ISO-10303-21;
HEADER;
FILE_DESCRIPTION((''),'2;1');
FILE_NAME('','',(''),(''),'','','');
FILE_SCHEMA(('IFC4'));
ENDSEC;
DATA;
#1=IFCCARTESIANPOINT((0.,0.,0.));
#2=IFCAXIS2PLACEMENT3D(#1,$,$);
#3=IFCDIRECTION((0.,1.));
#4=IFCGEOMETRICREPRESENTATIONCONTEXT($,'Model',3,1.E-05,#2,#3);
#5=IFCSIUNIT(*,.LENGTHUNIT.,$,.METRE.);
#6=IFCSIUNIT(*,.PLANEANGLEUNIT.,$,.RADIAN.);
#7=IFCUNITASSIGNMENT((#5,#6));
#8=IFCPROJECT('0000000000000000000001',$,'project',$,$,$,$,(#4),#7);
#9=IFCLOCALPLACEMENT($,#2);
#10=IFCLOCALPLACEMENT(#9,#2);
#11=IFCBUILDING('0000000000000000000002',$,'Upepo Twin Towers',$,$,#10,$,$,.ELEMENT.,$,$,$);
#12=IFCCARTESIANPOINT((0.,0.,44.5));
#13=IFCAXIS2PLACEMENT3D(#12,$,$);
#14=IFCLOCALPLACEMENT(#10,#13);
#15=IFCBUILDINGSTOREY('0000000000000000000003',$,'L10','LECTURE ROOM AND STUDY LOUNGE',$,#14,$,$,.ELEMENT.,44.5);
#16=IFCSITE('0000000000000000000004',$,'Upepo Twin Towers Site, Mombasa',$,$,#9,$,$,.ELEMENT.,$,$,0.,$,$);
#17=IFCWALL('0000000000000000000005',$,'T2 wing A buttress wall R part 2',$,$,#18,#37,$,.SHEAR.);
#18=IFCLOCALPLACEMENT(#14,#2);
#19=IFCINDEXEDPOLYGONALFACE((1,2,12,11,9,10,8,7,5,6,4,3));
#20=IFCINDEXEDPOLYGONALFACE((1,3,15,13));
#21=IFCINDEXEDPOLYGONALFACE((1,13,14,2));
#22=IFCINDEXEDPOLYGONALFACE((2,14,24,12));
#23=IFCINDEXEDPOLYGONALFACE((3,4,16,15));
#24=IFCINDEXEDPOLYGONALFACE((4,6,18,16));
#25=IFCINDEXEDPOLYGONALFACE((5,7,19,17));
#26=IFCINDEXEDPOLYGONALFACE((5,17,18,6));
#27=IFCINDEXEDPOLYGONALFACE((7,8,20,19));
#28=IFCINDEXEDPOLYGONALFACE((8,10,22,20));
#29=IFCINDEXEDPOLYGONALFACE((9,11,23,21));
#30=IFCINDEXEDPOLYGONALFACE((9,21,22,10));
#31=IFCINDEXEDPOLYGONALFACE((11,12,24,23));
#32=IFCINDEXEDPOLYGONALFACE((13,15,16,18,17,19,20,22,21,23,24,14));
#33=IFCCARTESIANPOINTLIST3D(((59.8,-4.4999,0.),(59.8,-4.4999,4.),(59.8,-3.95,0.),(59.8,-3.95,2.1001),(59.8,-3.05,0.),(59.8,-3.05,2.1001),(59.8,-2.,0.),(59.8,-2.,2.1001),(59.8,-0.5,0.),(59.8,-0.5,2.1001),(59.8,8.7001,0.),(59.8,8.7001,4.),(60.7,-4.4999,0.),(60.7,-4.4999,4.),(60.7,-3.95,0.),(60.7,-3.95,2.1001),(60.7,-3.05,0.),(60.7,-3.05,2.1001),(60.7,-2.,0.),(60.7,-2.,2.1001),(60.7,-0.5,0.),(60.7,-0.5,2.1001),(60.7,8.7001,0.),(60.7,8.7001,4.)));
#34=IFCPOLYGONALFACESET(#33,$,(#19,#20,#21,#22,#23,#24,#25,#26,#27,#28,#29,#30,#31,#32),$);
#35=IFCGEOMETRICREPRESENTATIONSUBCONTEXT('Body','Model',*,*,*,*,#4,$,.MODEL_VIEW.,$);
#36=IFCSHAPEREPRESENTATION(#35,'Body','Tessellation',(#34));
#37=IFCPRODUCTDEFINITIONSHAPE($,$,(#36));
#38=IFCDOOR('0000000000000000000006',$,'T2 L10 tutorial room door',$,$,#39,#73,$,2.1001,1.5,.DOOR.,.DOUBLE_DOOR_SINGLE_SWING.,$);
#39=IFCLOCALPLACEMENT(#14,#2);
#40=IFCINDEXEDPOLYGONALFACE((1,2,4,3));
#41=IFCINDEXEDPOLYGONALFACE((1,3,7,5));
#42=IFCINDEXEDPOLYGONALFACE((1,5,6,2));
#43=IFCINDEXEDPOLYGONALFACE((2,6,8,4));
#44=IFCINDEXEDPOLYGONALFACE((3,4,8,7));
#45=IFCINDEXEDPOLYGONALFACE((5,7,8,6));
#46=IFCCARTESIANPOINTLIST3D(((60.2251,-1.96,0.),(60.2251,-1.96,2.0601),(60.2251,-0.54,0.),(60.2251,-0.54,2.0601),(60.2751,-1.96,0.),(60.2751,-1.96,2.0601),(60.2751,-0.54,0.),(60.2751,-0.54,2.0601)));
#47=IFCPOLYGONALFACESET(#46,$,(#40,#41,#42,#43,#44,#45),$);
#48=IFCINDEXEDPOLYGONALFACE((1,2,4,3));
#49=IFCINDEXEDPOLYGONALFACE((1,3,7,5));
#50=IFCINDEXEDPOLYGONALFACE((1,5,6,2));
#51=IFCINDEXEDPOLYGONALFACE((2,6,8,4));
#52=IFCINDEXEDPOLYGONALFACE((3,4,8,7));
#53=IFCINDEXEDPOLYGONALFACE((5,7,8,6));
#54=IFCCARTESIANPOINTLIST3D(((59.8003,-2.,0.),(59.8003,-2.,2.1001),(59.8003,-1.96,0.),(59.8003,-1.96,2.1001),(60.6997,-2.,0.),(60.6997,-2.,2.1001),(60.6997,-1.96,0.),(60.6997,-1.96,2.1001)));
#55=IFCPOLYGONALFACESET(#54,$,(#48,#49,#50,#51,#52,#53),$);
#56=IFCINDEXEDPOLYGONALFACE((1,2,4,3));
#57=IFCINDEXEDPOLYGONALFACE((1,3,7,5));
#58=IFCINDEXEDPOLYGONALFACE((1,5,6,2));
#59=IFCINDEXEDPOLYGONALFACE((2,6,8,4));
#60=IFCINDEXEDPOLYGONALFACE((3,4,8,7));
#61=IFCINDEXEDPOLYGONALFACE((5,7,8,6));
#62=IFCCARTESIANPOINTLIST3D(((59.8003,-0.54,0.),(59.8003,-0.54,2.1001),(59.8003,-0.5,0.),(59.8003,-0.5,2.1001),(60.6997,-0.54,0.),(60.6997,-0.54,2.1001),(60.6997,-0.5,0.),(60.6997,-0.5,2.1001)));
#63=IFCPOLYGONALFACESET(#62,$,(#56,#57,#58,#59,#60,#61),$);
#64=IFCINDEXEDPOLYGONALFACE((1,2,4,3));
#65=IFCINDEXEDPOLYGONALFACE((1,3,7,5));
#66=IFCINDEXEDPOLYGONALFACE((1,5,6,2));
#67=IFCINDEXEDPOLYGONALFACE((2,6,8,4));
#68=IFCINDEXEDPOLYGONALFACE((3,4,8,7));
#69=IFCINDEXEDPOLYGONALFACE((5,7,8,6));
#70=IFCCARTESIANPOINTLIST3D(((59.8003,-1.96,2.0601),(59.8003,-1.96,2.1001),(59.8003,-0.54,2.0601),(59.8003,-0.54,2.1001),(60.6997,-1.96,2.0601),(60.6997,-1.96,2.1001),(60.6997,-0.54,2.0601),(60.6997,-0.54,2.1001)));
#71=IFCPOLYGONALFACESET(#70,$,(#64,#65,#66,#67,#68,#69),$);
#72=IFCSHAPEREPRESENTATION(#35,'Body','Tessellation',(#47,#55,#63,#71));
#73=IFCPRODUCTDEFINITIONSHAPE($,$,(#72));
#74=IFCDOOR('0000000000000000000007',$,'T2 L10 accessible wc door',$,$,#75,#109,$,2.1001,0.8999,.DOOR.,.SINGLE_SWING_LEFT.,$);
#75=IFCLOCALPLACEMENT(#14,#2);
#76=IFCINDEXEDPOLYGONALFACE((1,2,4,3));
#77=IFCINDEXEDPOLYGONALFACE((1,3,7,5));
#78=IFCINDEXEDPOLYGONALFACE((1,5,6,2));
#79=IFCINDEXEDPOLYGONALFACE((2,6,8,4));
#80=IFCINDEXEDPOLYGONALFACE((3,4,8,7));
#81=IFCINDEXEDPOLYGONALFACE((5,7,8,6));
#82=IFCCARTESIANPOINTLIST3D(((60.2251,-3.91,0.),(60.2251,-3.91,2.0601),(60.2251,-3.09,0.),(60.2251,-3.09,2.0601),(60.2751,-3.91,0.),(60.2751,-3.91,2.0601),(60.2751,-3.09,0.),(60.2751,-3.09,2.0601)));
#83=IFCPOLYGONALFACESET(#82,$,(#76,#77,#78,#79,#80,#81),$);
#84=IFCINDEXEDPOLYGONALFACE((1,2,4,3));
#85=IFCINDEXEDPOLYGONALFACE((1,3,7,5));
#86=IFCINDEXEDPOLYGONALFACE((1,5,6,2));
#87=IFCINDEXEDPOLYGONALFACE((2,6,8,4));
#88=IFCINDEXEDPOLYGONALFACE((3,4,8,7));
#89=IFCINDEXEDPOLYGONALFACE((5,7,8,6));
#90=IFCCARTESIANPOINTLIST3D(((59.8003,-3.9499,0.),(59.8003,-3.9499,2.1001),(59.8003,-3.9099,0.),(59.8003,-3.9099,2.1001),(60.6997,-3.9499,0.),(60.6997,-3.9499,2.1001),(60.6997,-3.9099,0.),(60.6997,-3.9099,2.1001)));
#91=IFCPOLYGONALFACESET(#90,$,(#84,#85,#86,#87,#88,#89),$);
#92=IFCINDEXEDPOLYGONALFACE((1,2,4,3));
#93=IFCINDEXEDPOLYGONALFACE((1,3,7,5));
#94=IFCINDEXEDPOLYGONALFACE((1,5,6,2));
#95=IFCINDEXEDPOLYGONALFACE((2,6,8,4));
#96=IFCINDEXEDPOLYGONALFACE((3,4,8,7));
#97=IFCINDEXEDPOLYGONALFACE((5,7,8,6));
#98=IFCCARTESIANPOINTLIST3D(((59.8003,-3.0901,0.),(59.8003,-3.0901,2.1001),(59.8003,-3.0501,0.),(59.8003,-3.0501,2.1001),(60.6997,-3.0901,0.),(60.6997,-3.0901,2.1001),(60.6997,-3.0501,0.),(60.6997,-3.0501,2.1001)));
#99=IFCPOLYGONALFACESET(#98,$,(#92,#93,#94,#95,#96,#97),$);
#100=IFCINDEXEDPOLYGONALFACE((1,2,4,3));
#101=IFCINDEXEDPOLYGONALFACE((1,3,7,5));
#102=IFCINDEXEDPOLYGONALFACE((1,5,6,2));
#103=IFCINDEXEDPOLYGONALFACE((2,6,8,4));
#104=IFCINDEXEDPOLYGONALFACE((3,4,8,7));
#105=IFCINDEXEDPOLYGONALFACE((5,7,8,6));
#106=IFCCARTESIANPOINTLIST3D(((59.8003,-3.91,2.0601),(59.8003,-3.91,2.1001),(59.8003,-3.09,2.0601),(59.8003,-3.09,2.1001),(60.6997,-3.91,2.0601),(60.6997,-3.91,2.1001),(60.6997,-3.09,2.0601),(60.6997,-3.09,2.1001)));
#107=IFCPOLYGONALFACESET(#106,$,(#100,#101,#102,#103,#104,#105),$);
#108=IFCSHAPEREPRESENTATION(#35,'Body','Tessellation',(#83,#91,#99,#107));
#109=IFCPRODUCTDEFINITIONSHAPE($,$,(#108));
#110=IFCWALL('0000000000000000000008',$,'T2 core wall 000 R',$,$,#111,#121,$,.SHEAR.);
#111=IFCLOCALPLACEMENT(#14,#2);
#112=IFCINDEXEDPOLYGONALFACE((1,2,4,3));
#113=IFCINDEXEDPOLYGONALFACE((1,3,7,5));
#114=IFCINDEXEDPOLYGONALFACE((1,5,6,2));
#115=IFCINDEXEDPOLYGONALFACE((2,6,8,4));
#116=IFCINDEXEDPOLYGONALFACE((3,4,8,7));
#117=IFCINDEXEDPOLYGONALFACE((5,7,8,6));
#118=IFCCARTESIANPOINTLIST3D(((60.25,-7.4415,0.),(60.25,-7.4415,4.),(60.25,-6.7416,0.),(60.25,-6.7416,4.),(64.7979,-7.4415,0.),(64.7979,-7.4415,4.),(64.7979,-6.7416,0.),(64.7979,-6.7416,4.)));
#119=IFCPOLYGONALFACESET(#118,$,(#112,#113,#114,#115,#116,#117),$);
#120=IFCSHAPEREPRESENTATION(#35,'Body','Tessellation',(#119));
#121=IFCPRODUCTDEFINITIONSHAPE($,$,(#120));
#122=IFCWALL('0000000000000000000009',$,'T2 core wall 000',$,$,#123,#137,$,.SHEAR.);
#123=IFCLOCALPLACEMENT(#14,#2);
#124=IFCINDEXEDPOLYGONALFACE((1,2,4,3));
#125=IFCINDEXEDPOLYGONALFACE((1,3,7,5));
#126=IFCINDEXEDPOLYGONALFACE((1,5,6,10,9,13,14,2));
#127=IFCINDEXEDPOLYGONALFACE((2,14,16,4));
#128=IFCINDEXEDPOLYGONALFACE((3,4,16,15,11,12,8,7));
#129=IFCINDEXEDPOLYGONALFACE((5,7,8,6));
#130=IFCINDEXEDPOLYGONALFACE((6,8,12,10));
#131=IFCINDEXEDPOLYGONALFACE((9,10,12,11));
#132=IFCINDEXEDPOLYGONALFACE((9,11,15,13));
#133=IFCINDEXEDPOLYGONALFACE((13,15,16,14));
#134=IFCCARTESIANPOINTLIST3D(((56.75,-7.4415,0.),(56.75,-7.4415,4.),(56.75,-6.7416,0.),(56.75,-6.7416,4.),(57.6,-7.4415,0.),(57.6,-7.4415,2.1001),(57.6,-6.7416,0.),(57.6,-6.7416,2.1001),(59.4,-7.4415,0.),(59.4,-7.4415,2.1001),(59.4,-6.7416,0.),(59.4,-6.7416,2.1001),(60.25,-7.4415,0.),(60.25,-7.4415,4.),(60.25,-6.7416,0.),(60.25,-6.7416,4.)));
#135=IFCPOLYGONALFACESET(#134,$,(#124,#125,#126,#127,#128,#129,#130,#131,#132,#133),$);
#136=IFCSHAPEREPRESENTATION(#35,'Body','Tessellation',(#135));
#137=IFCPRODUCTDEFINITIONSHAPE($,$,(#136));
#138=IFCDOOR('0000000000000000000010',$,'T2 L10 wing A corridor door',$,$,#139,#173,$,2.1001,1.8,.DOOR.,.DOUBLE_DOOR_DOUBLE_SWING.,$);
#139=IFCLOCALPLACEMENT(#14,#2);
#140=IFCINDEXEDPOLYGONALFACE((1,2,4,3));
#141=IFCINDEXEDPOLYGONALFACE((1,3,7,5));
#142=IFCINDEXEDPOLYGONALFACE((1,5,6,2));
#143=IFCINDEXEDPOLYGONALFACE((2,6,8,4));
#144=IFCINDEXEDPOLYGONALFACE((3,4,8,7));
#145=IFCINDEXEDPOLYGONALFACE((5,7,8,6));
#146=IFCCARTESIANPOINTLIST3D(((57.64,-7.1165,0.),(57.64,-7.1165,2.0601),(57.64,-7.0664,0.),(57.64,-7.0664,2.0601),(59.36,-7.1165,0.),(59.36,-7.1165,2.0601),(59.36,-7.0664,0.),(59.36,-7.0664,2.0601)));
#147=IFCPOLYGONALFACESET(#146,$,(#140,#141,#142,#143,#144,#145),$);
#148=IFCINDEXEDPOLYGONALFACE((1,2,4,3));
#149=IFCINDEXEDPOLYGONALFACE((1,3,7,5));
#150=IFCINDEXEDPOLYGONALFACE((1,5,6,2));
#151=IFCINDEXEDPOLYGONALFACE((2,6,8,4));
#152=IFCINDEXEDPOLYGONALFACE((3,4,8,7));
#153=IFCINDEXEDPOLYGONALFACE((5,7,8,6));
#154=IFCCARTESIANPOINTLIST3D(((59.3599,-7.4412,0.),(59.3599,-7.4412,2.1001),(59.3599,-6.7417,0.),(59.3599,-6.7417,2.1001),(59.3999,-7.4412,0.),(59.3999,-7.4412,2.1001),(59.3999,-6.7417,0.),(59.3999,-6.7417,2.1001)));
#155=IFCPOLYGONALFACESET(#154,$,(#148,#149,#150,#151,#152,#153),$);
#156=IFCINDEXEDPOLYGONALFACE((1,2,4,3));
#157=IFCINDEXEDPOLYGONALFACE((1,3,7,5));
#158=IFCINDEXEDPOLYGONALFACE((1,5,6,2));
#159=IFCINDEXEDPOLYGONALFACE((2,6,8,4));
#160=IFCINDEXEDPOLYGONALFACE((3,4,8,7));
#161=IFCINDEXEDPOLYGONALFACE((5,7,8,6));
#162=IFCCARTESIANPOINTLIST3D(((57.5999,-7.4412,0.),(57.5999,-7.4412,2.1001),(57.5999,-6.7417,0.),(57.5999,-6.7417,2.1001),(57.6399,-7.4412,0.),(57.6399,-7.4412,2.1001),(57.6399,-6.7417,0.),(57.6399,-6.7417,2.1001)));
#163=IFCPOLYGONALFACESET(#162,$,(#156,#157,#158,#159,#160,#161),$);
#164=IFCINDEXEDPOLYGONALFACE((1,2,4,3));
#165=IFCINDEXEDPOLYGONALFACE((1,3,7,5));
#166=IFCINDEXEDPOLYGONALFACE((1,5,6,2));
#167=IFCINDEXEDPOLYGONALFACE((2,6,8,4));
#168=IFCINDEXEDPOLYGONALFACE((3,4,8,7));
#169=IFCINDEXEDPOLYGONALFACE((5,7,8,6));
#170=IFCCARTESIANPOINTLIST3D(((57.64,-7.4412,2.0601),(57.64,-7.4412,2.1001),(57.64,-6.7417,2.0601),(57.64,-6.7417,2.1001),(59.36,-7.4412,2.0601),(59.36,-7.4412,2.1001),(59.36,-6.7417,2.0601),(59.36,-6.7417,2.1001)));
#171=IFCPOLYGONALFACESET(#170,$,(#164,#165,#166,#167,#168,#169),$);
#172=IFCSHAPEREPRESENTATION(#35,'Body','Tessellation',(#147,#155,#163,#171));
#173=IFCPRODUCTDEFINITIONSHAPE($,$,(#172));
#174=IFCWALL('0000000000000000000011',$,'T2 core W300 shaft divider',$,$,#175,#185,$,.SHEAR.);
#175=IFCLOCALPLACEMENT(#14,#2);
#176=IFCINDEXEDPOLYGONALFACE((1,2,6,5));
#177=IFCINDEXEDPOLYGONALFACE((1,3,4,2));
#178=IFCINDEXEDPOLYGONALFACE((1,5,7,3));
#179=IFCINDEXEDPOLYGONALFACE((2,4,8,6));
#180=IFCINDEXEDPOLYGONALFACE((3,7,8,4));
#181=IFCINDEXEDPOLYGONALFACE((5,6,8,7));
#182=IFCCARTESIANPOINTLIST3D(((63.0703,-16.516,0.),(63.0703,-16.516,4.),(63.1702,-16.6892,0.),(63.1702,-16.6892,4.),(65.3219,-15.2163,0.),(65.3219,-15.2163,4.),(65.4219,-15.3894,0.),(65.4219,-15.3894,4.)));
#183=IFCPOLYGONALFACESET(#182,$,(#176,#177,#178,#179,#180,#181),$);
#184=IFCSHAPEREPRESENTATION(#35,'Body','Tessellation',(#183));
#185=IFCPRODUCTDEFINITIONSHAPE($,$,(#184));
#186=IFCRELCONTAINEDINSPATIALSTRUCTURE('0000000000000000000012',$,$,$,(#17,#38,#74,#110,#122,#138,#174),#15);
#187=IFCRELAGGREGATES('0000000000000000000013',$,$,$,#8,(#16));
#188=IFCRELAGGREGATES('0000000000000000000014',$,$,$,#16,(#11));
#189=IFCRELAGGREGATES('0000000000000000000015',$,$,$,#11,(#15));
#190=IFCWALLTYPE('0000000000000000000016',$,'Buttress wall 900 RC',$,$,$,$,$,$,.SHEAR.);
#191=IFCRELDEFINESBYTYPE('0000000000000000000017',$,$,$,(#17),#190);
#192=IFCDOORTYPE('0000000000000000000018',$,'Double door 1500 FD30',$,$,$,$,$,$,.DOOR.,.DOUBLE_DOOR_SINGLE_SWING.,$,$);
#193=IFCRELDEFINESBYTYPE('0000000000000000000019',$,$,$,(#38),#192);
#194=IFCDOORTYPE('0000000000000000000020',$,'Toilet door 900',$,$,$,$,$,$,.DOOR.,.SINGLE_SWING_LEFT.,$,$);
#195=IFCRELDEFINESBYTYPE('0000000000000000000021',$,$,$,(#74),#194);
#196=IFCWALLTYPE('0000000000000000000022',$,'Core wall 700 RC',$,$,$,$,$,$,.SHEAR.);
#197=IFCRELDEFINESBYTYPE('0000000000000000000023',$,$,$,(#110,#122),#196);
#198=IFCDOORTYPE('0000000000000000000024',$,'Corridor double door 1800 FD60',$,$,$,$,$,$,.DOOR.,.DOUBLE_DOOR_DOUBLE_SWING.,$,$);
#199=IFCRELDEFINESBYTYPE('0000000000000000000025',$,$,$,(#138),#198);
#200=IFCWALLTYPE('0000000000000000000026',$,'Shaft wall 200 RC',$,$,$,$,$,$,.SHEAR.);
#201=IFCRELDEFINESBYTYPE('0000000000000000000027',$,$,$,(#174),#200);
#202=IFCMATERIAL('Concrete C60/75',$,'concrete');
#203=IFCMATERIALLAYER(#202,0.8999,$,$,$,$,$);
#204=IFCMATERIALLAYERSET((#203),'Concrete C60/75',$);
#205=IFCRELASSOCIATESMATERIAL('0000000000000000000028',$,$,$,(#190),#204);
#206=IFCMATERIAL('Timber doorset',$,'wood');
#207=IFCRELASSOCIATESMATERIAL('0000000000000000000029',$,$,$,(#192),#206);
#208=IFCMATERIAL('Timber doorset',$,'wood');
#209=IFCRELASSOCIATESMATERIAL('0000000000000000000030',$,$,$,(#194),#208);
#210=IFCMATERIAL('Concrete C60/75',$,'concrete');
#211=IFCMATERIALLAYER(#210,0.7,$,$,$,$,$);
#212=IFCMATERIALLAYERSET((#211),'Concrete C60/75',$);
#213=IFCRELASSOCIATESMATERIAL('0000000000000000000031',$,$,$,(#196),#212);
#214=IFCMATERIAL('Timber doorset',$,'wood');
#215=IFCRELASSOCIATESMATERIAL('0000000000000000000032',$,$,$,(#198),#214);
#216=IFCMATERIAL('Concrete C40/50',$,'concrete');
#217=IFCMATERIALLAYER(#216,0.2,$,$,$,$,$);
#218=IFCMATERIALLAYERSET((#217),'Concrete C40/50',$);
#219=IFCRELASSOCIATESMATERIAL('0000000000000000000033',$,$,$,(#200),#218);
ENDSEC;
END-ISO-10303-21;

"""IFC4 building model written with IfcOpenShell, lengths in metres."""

from ifc_helpers import new_model, si_unit, direction, frame, frame_2d, origin, place, context, subcontext, project, spatial, rectangle, extrude, material, layer, layer_set, type_object, element, fill, save


model = new_model("IFC4")

# Units and contexts
model_context = context("Model", 3, precision=1e-05, world=origin(), true_north=direction((0.0, 1.0)))
body_context = subcontext(model_context, "Body", "Model", "MODEL_VIEW")
ifc_project = project(units=[si_unit("LENGTHUNIT", "METRE"), si_unit("PLANEANGLEUNIT", "RADIAN")], contexts=[model_context])

# Site, building, storey
site_placement = place(None, origin())
site = spatial("IfcSite", under=ifc_project, at=site_placement, Name="Upepo Twin Towers Site, Mombasa", CompositionType="ELEMENT", RefElevation=0.0)
building_placement = place(site_placement, origin())
building = spatial("IfcBuilding", under=site, at=building_placement, Name="Upepo Twin Towers", CompositionType="ELEMENT")
storey_placement = place(building_placement, frame((0.0, 0.0, 44.5)))
storey = spatial("IfcBuildingStorey", under=building, at=storey_placement, Name="L10", Description="LECTURE ROOM AND STUDY LOUNGE", CompositionType="ELEMENT", Elevation=44.5)

# Wall, openings, doors
ifc_material_1 = material(Name="Concrete C60/75", Category="concrete")
ifc_layer_1 = layer(ifc_material_1, 0.8999)
ifc_layer_set_1 = layer_set([ifc_layer_1], Name="Concrete C60/75")
wall_type_1 = type_object("IfcWallType", Name="Buttress wall 900 RC", PredefinedType="SHEAR", material=ifc_layer_set_1)
wall_1_placement = place(storey_placement, frame((60.25, -4.5, 0.0), z_axis=(0.0, 0.0, 1.0), x_axis=(0.0, 1.0, 0.0)))
wall_1 = element("IfcWall", 1, at=wall_1_placement, inside=storey, type_object=wall_type_1, Name="T2 wing A buttress wall R part 2", PredefinedType="SHEAR", context=body_context, shape_type="SweptSolid", body=[
    extrude(rectangle(XDim=13.2, YDim=0.8999, at=frame_2d((6.6001, 0.0))), origin(), (0.0, 0.0, 1.0), 4.0),
])
opening_1_placement = place(wall_1_placement, frame((0.55, 0.0, 0.0)))
opening_1 = element("IfcOpeningElement", 2, at=opening_1_placement, cuts=wall_1, PredefinedType="OPENING", context=body_context, shape_type="SweptSolid", body=[
    extrude(rectangle(XDim=0.8999, YDim=2.1001, at=frame_2d((0.45, 1.05))), frame((0.0, 0.46, 0.0), z_axis=(0.0, -1.0, 0.0), x_axis=(1.0, 0.0, 0.0)), (0.0, 0.0, 1.0), 0.9199),
])
opening_2_placement = place(wall_1_placement, frame((2.5, 0.0, 0.0)))
opening_2 = element("IfcOpeningElement", 3, at=opening_2_placement, cuts=wall_1, PredefinedType="OPENING", context=body_context, shape_type="SweptSolid", body=[
    extrude(rectangle(XDim=1.5, YDim=2.1001, at=frame_2d((0.75, 1.05))), frame((0.0, 0.46, 0.0), z_axis=(0.0, -1.0, 0.0), x_axis=(1.0, 0.0, 0.0)), (0.0, 0.0, 1.0), 0.9199),
])
ifc_material_2 = material(Name="Timber doorset", Category="wood")
door_type_1 = type_object("IfcDoorType", Name="Double door 1500 FD30", OperationType="DOUBLE_DOOR_SINGLE_SWING", PredefinedType="DOOR", material=ifc_material_2)
door_1_placement = place(opening_2_placement, origin())
door_1 = element("IfcDoor", 4, at=door_1_placement, inside=storey, type_object=door_type_1, Name="T2 L10 tutorial room door", OperationType="DOUBLE_DOOR_SINGLE_SWING", OverallHeight=2.1001, OverallWidth=1.5, PredefinedType="DOOR", context=body_context, shape_type="SweptSolid", body=[
    extrude(rectangle(XDim=1.42, YDim=2.0601, at=frame_2d((0.75, 1.03))), frame((0.0, 0.0249, 0.0), z_axis=(0.0, -1.0, 0.0), x_axis=(1.0, 0.0, 0.0)), (0.0, 0.0, 1.0), 0.05),
    extrude(rectangle(XDim=0.04, YDim=2.1001, at=frame_2d((0.02, 1.05))), frame((0.0, 0.4497, 0.0), z_axis=(0.0, -1.0, 0.0), x_axis=(1.0, 0.0, 0.0)), (0.0, 0.0, 1.0), 0.8994),
    extrude(rectangle(XDim=0.04, YDim=2.1001, at=frame_2d((1.48, 1.05))), frame((0.0, 0.4497, 0.0), z_axis=(0.0, -1.0, 0.0), x_axis=(1.0, 0.0, 0.0)), (0.0, 0.0, 1.0), 0.8994),
    extrude(rectangle(XDim=1.42, YDim=0.04, at=frame_2d((0.75, 2.0801))), frame((0.0, 0.4497, 0.0), z_axis=(0.0, -1.0, 0.0), x_axis=(1.0, 0.0, 0.0)), (0.0, 0.0, 1.0), 0.8994),
])
fill(opening_2, door_1)
ifc_material_3 = material(Name="Timber doorset", Category="wood")
door_type_2 = type_object("IfcDoorType", Name="Toilet door 900", OperationType="SINGLE_SWING_LEFT", PredefinedType="DOOR", material=ifc_material_3)
door_2_placement = place(opening_1_placement, origin())
door_2 = element("IfcDoor", 5, at=door_2_placement, inside=storey, type_object=door_type_2, Name="T2 L10 accessible wc door", OperationType="SINGLE_SWING_LEFT", OverallHeight=2.1001, OverallWidth=0.8999, PredefinedType="DOOR", context=body_context, shape_type="SweptSolid", body=[
    extrude(rectangle(XDim=0.8199, YDim=2.0601, at=frame_2d((0.45, 1.03))), frame((0.0, 0.0249, 0.0), z_axis=(0.0, -1.0, 0.0), x_axis=(1.0, 0.0, 0.0)), (0.0, 0.0, 1.0), 0.05),
    extrude(rectangle(XDim=0.04, YDim=2.1001, at=frame_2d((0.02, 1.05))), frame((0.0, 0.4497, 0.0), z_axis=(0.0, -1.0, 0.0), x_axis=(1.0, 0.0, 0.0)), (0.0, 0.0, 1.0), 0.8994),
    extrude(rectangle(XDim=0.04, YDim=2.1001, at=frame_2d((0.8799, 1.05))), frame((0.0, 0.4497, 0.0), z_axis=(0.0, -1.0, 0.0), x_axis=(1.0, 0.0, 0.0)), (0.0, 0.0, 1.0), 0.8994),
    extrude(rectangle(XDim=0.8199, YDim=0.04, at=frame_2d((0.45, 2.0801))), frame((0.0, 0.4497, 0.0), z_axis=(0.0, -1.0, 0.0), x_axis=(1.0, 0.0, 0.0)), (0.0, 0.0, 1.0), 0.8994),
])
fill(opening_1, door_2)

# Wall
ifc_material_4 = material(Name="Concrete C60/75", Category="concrete")
ifc_layer_2 = layer(ifc_material_4, 0.7)
ifc_layer_set_2 = layer_set([ifc_layer_2], Name="Concrete C60/75")
wall_type_2 = type_object("IfcWallType", Name="Core wall 700 RC", PredefinedType="SHEAR", material=ifc_layer_set_2)
wall_2_placement = place(storey_placement, frame((64.7979, -7.0916, 0.0), z_axis=(0.0, 0.0, 1.0), x_axis=(-1.0, 0.0, 0.0)))
element("IfcWall", 6, at=wall_2_placement, inside=storey, type_object=wall_type_2, Name="T2 core wall 000 R", PredefinedType="SHEAR", context=body_context, shape_type="SweptSolid", body=[
    extrude(rectangle(XDim=4.5479, YDim=0.7, at=frame_2d((2.2739, 0.0))), origin(), (0.0, 0.0, 1.0), 4.0),
])

# Wall, opening, door
wall_3_placement = place(storey_placement, frame((60.25, -7.0916, 0.0), z_axis=(0.0, 0.0, 1.0), x_axis=(-1.0, 0.0, 0.0)))
wall_3 = element("IfcWall", 7, at=wall_3_placement, inside=storey, type_object=wall_type_2, Name="T2 core wall 000", PredefinedType="SHEAR", context=body_context, shape_type="SweptSolid", body=[
    extrude(rectangle(XDim=3.5, YDim=0.7, at=frame_2d((1.75, 0.0))), origin(), (0.0, 0.0, 1.0), 4.0),
])
opening_3_placement = place(wall_3_placement, frame((0.8501, 0.0, 0.0)))
opening_3 = element("IfcOpeningElement", 8, at=opening_3_placement, cuts=wall_3, PredefinedType="OPENING", context=body_context, shape_type="SweptSolid", body=[
    extrude(rectangle(XDim=1.8, YDim=2.1001, at=frame_2d((0.8999, 1.05))), frame((0.0, 0.3599, 0.0), z_axis=(0.0, -1.0, 0.0), x_axis=(1.0, 0.0, 0.0)), (0.0, 0.0, 1.0), 0.72),
])
ifc_material_5 = material(Name="Timber doorset", Category="wood")
door_type_3 = type_object("IfcDoorType", Name="Corridor double door 1800 FD60", OperationType="DOUBLE_DOOR_DOUBLE_SWING", PredefinedType="DOOR", material=ifc_material_5)
door_3_placement = place(opening_3_placement, origin())
door_3 = element("IfcDoor", 9, at=door_3_placement, inside=storey, type_object=door_type_3, Name="T2 L10 wing A corridor door", OperationType="DOUBLE_DOOR_DOUBLE_SWING", OverallHeight=2.1001, OverallWidth=1.8, PredefinedType="DOOR", context=body_context, shape_type="SweptSolid", body=[
    extrude(rectangle(XDim=1.72, YDim=2.0601, at=frame_2d((0.8999, 1.03))), frame((0.0, 0.0249, 0.0), z_axis=(0.0, -1.0, 0.0), x_axis=(1.0, 0.0, 0.0)), (0.0, 0.0, 1.0), 0.05),
    extrude(rectangle(XDim=0.04, YDim=2.1001, at=frame_2d((0.02, 1.05))), frame((0.0, 0.3496, 0.0), z_axis=(0.0, -1.0, 0.0), x_axis=(1.0, 0.0, 0.0)), (0.0, 0.0, 1.0), 0.6995),
    extrude(rectangle(XDim=0.04, YDim=2.1001, at=frame_2d((1.78, 1.05))), frame((0.0, 0.3496, 0.0), z_axis=(0.0, -1.0, 0.0), x_axis=(1.0, 0.0, 0.0)), (0.0, 0.0, 1.0), 0.6995),
    extrude(rectangle(XDim=1.72, YDim=0.04, at=frame_2d((0.8999, 2.0801))), frame((0.0, 0.3496, 0.0), z_axis=(0.0, -1.0, 0.0), x_axis=(1.0, 0.0, 0.0)), (0.0, 0.0, 1.0), 0.6995),
])
fill(opening_3, door_3)

# Wall
ifc_material_6 = material(Name="Concrete C40/50", Category="concrete")
ifc_layer_3 = layer(ifc_material_6, 0.2)
ifc_layer_set_3 = layer_set([ifc_layer_3], Name="Concrete C40/50")
wall_type_3 = type_object("IfcWallType", Name="Shaft wall 200 RC", PredefinedType="SHEAR", material=ifc_layer_set_3)
wall_4_placement = place(storey_placement, frame((63.1204, -16.6025, 0.0), z_axis=(0.0, 0.0, 1.0), x_axis=(0.866062, 0.499937, 0.0)))
element("IfcWall", 10, at=wall_4_placement, inside=storey, type_object=wall_type_3, Name="T2 core W300 shaft divider", PredefinedType="SHEAR", context=body_context, shape_type="SweptSolid", body=[
    extrude(rectangle(XDim=2.5999, YDim=0.2, at=frame_2d((1.2998, 0.0))), origin(), (0.0, 0.0, 1.0), 4.0),
])

save(model, "model.ifc")
